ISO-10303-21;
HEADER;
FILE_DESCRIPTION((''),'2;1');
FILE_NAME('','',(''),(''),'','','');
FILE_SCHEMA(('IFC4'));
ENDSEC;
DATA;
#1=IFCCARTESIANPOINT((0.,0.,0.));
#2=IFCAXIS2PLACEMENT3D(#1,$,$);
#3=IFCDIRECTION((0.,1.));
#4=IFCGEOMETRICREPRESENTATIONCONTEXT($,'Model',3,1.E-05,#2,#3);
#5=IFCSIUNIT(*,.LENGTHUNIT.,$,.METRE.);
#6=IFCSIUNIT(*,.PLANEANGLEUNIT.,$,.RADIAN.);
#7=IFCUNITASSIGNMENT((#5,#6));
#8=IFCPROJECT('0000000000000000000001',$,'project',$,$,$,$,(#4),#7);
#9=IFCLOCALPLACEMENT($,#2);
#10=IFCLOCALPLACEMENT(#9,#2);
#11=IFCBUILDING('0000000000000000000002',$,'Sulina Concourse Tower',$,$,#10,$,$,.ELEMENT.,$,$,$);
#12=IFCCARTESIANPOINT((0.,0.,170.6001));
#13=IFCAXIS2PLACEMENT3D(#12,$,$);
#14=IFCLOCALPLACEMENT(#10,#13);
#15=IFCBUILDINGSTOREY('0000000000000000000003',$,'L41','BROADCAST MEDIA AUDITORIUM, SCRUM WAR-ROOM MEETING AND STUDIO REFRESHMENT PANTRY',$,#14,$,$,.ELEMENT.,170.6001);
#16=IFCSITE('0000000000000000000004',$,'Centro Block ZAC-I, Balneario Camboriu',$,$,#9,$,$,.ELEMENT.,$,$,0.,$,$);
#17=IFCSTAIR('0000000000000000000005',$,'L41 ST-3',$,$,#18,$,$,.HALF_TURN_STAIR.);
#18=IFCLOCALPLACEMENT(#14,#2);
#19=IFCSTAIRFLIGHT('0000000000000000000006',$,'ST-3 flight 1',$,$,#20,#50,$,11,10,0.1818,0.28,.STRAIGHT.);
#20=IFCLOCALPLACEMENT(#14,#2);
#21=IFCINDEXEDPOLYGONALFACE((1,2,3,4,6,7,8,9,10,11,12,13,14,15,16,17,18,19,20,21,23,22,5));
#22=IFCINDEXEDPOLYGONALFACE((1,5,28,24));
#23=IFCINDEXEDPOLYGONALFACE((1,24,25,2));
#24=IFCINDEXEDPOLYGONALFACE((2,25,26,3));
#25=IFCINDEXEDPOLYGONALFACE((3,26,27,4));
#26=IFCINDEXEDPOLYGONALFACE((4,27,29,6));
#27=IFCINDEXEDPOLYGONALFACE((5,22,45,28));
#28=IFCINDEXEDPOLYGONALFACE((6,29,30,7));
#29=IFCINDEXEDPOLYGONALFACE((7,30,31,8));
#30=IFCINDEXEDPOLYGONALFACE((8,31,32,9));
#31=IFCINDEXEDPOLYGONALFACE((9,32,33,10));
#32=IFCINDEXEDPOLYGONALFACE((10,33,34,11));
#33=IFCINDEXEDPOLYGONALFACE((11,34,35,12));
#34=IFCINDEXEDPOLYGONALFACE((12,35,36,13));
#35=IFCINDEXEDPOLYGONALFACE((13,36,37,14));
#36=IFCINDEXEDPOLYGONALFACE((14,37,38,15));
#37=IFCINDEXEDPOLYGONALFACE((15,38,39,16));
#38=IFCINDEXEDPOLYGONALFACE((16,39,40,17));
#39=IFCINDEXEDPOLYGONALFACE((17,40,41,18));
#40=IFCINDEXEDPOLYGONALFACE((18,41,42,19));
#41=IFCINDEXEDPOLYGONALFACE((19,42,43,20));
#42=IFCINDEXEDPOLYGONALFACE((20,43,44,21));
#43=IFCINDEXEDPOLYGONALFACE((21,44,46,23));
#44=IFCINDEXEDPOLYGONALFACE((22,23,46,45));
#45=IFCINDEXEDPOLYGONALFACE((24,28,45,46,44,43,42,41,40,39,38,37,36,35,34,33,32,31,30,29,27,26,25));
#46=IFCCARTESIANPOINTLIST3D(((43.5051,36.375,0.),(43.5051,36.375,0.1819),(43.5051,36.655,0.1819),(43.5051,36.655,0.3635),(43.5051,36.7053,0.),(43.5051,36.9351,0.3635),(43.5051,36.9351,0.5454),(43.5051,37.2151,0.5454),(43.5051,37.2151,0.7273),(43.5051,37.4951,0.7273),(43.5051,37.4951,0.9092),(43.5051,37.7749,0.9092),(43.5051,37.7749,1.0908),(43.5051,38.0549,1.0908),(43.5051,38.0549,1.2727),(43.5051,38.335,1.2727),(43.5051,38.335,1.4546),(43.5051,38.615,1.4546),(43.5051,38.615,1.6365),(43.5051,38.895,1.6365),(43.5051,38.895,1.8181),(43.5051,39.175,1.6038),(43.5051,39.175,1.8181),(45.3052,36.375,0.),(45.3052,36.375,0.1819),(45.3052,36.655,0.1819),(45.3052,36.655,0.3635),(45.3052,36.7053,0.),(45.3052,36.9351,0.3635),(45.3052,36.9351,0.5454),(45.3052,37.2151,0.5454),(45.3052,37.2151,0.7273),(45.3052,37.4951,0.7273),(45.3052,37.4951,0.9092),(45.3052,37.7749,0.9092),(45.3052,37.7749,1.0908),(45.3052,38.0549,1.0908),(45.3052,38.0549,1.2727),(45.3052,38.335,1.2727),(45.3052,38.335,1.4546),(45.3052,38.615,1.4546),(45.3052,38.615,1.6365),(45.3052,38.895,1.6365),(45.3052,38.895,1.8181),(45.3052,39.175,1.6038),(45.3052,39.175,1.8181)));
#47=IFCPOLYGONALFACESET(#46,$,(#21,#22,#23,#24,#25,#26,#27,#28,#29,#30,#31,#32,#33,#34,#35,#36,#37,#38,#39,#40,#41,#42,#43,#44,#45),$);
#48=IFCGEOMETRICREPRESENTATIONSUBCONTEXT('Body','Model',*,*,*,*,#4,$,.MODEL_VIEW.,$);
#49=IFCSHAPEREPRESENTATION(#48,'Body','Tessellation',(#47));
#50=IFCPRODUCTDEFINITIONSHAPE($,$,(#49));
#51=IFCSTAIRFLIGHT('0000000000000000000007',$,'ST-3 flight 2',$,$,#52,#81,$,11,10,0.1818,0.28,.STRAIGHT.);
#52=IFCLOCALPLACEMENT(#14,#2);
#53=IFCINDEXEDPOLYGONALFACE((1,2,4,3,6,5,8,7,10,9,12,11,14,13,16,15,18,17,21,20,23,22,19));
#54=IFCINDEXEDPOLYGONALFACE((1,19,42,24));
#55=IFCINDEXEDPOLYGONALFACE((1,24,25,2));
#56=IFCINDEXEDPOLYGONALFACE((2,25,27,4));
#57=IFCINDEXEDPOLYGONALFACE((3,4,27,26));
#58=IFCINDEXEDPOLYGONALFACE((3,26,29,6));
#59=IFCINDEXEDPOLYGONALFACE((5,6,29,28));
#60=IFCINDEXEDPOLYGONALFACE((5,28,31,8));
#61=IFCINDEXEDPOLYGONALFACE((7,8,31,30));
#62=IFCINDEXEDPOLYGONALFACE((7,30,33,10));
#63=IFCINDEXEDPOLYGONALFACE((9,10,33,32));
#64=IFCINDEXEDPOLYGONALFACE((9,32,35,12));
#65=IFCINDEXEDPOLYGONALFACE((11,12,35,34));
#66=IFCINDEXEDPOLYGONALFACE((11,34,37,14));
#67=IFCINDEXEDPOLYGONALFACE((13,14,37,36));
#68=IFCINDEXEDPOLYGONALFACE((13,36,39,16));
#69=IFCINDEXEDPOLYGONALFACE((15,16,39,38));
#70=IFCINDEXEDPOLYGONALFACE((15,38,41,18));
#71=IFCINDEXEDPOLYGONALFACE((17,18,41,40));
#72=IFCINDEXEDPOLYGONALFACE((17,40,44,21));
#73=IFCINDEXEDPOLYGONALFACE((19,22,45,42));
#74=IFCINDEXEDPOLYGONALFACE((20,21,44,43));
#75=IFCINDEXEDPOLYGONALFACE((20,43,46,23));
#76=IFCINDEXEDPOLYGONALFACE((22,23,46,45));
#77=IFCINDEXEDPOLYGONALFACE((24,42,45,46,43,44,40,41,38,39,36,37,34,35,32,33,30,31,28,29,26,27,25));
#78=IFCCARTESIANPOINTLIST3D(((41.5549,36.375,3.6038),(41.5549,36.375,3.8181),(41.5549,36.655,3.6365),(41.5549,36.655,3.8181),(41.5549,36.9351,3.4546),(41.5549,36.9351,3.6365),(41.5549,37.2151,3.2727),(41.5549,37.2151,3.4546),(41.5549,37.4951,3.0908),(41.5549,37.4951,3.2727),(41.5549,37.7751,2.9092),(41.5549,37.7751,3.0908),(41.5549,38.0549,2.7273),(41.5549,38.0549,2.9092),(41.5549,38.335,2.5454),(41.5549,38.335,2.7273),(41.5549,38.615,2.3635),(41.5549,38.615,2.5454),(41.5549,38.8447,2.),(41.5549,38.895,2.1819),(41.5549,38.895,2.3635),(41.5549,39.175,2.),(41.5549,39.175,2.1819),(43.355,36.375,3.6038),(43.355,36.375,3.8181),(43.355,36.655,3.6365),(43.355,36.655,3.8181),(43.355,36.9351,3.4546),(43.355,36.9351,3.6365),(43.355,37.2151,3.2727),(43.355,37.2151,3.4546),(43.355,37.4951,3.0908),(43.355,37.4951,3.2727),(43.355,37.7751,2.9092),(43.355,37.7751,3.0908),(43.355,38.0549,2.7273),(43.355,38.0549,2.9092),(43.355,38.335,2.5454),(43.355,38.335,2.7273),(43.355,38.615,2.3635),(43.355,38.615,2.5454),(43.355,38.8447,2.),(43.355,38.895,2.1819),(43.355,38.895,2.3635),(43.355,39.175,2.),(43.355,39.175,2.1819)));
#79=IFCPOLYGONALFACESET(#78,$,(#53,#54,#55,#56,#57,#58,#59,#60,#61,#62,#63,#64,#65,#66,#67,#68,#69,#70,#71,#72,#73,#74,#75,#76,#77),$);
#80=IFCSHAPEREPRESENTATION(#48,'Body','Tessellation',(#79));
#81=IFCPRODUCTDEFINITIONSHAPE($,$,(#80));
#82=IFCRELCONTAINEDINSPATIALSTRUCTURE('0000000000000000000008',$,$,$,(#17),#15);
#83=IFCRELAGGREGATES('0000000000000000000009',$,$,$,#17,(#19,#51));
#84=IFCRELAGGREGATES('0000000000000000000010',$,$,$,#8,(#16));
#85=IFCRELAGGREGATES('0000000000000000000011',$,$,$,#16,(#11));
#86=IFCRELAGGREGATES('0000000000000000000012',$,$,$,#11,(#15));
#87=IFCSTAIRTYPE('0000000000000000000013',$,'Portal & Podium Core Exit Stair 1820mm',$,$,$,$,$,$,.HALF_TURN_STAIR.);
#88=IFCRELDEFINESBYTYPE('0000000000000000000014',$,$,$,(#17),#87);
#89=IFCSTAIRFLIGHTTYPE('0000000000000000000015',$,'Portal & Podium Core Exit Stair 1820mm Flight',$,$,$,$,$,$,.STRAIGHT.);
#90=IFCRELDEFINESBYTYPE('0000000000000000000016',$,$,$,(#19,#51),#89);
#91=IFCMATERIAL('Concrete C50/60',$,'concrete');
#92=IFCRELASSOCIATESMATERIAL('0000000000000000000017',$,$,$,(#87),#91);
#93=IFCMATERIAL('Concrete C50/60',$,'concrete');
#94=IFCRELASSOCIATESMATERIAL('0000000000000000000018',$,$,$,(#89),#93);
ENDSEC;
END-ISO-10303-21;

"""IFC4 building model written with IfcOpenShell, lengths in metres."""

from ifc_helpers import new_model, si_unit, direction, frame, origin, place, context, subcontext, project, spatial, polyline, outline, extrude, material, type_object, element, aggregate, save


model = new_model("IFC4")

# Units and contexts
model_context = context("Model", 3, precision=1e-05, world=origin(), true_north=direction((0.0, 1.0)))
body_context = subcontext(model_context, "Body", "Model", "MODEL_VIEW")
ifc_project = project(units=[si_unit("LENGTHUNIT", "METRE"), si_unit("PLANEANGLEUNIT", "RADIAN")], contexts=[model_context])

# Site, building, storey
site_placement = place(None, origin())
site = spatial("IfcSite", under=ifc_project, at=site_placement, Name="Centro Block ZAC-I, Balneario Camboriu", CompositionType="ELEMENT", RefElevation=0.0)
building_placement = place(site_placement, origin())
building = spatial("IfcBuilding", under=site, at=building_placement, Name="Sulina Concourse Tower", CompositionType="ELEMENT")
storey_placement = place(building_placement, frame((0.0, 0.0, 170.6001)))
storey = spatial("IfcBuildingStorey", under=building, at=storey_placement, Name="L41", Description="BROADCAST MEDIA AUDITORIUM, SCRUM WAR-ROOM MEETING AND STUDIO REFRESHMENT PANTRY", CompositionType="ELEMENT", Elevation=170.6001)

# Stair, stair flights
ifc_material_1 = material(Name="Concrete C50/60", Category="concrete")
stair_type = type_object("IfcStairType", Name="Portal & Podium Core Exit Stair 1820mm", PredefinedType="HALF_TURN_STAIR", material=ifc_material_1)
stair_placement = place(storey_placement, origin())
stair = element("IfcStair", 1, at=stair_placement, inside=storey, type_object=stair_type, Name="L41 ST-3", PredefinedType="HALF_TURN_STAIR")
ifc_material_2 = material(Name="Concrete C50/60", Category="concrete")
stair_flight_type = type_object("IfcStairFlightType", Name="Portal & Podium Core Exit Stair 1820mm Flight", PredefinedType="STRAIGHT", material=ifc_material_2)
stair_flight_1_placement = place(storey_placement, frame((44.405, 36.375, 0.0), z_axis=(0.0, 0.0, 1.0), x_axis=(0.0, 1.0, 0.0)))
stair_flight_1 = element("IfcStairFlight", 2, at=stair_flight_1_placement, type_object=stair_flight_type, Name="ST-3 flight 1", NumberOfRisers=11, NumberOfTreads=10, PredefinedType="STRAIGHT", RiserHeight=0.1818, TreadLength=0.28, context=body_context, shape_type="SweptSolid", body=[
    extrude(outline(polyline([(0.0, 0.0), (0.0, 0.1819), (0.28, 0.1819), (0.28, 0.3635), (0.5601, 0.3635), (0.5601, 0.5454), (0.8401, 0.5454), (0.8401, 0.7273), (1.1201, 0.7273), (1.1201, 0.9092), (1.3999, 0.9092), (1.3999, 1.0908), (1.6799, 1.0908), (1.6799, 1.2727), (1.96, 1.2727), (1.96, 1.4546), (2.24, 1.4546), (2.24, 1.6365), (2.52, 1.6365), (2.52, 1.8181), (2.8, 1.8181), (2.8, 2.0), (2.8, 1.6038), (0.3303, 0.0), (0.0, 0.0)])), frame((0.0, 0.8999, 0.0), z_axis=(0.0, -1.0, 0.0), x_axis=(1.0, 0.0, 0.0)), (0.0, 0.0, 1.0), 1.8),
])
stair_flight_2_placement = place(storey_placement, frame((42.4551, 39.175, 2.0), z_axis=(0.0, 0.0, 1.0), x_axis=(0.0, -1.0, 0.0)))
stair_flight_2 = element("IfcStairFlight", 3, at=stair_flight_2_placement, type_object=stair_flight_type, Name="ST-3 flight 2", NumberOfRisers=11, NumberOfTreads=10, PredefinedType="STRAIGHT", RiserHeight=0.1818, TreadLength=0.28, context=body_context, shape_type="SweptSolid", body=[
    extrude(outline(polyline([(0.0, 0.0), (0.0, 0.1819), (0.28, 0.1819), (0.28, 0.3635), (0.5601, 0.3635), (0.5601, 0.5454), (0.8401, 0.5454), (0.8401, 0.7273), (1.1201, 0.7273), (1.1201, 0.9092), (1.3999, 0.9092), (1.3999, 1.0908), (1.6799, 1.0908), (1.6799, 1.2727), (1.96, 1.2727), (1.96, 1.4546), (2.24, 1.4546), (2.24, 1.6365), (2.52, 1.6365), (2.52, 1.8181), (2.8, 1.8181), (2.8, 2.0), (2.8, 1.6038), (0.3303, 0.0), (0.0, 0.0)])), frame((0.0, 0.8999, 0.0), z_axis=(0.0, -1.0, 0.0), x_axis=(1.0, 0.0, 0.0)), (0.0, 0.0, 1.0), 1.8),
])
aggregate(stair, [stair_flight_1, stair_flight_2])

save(model, "model.ifc")
